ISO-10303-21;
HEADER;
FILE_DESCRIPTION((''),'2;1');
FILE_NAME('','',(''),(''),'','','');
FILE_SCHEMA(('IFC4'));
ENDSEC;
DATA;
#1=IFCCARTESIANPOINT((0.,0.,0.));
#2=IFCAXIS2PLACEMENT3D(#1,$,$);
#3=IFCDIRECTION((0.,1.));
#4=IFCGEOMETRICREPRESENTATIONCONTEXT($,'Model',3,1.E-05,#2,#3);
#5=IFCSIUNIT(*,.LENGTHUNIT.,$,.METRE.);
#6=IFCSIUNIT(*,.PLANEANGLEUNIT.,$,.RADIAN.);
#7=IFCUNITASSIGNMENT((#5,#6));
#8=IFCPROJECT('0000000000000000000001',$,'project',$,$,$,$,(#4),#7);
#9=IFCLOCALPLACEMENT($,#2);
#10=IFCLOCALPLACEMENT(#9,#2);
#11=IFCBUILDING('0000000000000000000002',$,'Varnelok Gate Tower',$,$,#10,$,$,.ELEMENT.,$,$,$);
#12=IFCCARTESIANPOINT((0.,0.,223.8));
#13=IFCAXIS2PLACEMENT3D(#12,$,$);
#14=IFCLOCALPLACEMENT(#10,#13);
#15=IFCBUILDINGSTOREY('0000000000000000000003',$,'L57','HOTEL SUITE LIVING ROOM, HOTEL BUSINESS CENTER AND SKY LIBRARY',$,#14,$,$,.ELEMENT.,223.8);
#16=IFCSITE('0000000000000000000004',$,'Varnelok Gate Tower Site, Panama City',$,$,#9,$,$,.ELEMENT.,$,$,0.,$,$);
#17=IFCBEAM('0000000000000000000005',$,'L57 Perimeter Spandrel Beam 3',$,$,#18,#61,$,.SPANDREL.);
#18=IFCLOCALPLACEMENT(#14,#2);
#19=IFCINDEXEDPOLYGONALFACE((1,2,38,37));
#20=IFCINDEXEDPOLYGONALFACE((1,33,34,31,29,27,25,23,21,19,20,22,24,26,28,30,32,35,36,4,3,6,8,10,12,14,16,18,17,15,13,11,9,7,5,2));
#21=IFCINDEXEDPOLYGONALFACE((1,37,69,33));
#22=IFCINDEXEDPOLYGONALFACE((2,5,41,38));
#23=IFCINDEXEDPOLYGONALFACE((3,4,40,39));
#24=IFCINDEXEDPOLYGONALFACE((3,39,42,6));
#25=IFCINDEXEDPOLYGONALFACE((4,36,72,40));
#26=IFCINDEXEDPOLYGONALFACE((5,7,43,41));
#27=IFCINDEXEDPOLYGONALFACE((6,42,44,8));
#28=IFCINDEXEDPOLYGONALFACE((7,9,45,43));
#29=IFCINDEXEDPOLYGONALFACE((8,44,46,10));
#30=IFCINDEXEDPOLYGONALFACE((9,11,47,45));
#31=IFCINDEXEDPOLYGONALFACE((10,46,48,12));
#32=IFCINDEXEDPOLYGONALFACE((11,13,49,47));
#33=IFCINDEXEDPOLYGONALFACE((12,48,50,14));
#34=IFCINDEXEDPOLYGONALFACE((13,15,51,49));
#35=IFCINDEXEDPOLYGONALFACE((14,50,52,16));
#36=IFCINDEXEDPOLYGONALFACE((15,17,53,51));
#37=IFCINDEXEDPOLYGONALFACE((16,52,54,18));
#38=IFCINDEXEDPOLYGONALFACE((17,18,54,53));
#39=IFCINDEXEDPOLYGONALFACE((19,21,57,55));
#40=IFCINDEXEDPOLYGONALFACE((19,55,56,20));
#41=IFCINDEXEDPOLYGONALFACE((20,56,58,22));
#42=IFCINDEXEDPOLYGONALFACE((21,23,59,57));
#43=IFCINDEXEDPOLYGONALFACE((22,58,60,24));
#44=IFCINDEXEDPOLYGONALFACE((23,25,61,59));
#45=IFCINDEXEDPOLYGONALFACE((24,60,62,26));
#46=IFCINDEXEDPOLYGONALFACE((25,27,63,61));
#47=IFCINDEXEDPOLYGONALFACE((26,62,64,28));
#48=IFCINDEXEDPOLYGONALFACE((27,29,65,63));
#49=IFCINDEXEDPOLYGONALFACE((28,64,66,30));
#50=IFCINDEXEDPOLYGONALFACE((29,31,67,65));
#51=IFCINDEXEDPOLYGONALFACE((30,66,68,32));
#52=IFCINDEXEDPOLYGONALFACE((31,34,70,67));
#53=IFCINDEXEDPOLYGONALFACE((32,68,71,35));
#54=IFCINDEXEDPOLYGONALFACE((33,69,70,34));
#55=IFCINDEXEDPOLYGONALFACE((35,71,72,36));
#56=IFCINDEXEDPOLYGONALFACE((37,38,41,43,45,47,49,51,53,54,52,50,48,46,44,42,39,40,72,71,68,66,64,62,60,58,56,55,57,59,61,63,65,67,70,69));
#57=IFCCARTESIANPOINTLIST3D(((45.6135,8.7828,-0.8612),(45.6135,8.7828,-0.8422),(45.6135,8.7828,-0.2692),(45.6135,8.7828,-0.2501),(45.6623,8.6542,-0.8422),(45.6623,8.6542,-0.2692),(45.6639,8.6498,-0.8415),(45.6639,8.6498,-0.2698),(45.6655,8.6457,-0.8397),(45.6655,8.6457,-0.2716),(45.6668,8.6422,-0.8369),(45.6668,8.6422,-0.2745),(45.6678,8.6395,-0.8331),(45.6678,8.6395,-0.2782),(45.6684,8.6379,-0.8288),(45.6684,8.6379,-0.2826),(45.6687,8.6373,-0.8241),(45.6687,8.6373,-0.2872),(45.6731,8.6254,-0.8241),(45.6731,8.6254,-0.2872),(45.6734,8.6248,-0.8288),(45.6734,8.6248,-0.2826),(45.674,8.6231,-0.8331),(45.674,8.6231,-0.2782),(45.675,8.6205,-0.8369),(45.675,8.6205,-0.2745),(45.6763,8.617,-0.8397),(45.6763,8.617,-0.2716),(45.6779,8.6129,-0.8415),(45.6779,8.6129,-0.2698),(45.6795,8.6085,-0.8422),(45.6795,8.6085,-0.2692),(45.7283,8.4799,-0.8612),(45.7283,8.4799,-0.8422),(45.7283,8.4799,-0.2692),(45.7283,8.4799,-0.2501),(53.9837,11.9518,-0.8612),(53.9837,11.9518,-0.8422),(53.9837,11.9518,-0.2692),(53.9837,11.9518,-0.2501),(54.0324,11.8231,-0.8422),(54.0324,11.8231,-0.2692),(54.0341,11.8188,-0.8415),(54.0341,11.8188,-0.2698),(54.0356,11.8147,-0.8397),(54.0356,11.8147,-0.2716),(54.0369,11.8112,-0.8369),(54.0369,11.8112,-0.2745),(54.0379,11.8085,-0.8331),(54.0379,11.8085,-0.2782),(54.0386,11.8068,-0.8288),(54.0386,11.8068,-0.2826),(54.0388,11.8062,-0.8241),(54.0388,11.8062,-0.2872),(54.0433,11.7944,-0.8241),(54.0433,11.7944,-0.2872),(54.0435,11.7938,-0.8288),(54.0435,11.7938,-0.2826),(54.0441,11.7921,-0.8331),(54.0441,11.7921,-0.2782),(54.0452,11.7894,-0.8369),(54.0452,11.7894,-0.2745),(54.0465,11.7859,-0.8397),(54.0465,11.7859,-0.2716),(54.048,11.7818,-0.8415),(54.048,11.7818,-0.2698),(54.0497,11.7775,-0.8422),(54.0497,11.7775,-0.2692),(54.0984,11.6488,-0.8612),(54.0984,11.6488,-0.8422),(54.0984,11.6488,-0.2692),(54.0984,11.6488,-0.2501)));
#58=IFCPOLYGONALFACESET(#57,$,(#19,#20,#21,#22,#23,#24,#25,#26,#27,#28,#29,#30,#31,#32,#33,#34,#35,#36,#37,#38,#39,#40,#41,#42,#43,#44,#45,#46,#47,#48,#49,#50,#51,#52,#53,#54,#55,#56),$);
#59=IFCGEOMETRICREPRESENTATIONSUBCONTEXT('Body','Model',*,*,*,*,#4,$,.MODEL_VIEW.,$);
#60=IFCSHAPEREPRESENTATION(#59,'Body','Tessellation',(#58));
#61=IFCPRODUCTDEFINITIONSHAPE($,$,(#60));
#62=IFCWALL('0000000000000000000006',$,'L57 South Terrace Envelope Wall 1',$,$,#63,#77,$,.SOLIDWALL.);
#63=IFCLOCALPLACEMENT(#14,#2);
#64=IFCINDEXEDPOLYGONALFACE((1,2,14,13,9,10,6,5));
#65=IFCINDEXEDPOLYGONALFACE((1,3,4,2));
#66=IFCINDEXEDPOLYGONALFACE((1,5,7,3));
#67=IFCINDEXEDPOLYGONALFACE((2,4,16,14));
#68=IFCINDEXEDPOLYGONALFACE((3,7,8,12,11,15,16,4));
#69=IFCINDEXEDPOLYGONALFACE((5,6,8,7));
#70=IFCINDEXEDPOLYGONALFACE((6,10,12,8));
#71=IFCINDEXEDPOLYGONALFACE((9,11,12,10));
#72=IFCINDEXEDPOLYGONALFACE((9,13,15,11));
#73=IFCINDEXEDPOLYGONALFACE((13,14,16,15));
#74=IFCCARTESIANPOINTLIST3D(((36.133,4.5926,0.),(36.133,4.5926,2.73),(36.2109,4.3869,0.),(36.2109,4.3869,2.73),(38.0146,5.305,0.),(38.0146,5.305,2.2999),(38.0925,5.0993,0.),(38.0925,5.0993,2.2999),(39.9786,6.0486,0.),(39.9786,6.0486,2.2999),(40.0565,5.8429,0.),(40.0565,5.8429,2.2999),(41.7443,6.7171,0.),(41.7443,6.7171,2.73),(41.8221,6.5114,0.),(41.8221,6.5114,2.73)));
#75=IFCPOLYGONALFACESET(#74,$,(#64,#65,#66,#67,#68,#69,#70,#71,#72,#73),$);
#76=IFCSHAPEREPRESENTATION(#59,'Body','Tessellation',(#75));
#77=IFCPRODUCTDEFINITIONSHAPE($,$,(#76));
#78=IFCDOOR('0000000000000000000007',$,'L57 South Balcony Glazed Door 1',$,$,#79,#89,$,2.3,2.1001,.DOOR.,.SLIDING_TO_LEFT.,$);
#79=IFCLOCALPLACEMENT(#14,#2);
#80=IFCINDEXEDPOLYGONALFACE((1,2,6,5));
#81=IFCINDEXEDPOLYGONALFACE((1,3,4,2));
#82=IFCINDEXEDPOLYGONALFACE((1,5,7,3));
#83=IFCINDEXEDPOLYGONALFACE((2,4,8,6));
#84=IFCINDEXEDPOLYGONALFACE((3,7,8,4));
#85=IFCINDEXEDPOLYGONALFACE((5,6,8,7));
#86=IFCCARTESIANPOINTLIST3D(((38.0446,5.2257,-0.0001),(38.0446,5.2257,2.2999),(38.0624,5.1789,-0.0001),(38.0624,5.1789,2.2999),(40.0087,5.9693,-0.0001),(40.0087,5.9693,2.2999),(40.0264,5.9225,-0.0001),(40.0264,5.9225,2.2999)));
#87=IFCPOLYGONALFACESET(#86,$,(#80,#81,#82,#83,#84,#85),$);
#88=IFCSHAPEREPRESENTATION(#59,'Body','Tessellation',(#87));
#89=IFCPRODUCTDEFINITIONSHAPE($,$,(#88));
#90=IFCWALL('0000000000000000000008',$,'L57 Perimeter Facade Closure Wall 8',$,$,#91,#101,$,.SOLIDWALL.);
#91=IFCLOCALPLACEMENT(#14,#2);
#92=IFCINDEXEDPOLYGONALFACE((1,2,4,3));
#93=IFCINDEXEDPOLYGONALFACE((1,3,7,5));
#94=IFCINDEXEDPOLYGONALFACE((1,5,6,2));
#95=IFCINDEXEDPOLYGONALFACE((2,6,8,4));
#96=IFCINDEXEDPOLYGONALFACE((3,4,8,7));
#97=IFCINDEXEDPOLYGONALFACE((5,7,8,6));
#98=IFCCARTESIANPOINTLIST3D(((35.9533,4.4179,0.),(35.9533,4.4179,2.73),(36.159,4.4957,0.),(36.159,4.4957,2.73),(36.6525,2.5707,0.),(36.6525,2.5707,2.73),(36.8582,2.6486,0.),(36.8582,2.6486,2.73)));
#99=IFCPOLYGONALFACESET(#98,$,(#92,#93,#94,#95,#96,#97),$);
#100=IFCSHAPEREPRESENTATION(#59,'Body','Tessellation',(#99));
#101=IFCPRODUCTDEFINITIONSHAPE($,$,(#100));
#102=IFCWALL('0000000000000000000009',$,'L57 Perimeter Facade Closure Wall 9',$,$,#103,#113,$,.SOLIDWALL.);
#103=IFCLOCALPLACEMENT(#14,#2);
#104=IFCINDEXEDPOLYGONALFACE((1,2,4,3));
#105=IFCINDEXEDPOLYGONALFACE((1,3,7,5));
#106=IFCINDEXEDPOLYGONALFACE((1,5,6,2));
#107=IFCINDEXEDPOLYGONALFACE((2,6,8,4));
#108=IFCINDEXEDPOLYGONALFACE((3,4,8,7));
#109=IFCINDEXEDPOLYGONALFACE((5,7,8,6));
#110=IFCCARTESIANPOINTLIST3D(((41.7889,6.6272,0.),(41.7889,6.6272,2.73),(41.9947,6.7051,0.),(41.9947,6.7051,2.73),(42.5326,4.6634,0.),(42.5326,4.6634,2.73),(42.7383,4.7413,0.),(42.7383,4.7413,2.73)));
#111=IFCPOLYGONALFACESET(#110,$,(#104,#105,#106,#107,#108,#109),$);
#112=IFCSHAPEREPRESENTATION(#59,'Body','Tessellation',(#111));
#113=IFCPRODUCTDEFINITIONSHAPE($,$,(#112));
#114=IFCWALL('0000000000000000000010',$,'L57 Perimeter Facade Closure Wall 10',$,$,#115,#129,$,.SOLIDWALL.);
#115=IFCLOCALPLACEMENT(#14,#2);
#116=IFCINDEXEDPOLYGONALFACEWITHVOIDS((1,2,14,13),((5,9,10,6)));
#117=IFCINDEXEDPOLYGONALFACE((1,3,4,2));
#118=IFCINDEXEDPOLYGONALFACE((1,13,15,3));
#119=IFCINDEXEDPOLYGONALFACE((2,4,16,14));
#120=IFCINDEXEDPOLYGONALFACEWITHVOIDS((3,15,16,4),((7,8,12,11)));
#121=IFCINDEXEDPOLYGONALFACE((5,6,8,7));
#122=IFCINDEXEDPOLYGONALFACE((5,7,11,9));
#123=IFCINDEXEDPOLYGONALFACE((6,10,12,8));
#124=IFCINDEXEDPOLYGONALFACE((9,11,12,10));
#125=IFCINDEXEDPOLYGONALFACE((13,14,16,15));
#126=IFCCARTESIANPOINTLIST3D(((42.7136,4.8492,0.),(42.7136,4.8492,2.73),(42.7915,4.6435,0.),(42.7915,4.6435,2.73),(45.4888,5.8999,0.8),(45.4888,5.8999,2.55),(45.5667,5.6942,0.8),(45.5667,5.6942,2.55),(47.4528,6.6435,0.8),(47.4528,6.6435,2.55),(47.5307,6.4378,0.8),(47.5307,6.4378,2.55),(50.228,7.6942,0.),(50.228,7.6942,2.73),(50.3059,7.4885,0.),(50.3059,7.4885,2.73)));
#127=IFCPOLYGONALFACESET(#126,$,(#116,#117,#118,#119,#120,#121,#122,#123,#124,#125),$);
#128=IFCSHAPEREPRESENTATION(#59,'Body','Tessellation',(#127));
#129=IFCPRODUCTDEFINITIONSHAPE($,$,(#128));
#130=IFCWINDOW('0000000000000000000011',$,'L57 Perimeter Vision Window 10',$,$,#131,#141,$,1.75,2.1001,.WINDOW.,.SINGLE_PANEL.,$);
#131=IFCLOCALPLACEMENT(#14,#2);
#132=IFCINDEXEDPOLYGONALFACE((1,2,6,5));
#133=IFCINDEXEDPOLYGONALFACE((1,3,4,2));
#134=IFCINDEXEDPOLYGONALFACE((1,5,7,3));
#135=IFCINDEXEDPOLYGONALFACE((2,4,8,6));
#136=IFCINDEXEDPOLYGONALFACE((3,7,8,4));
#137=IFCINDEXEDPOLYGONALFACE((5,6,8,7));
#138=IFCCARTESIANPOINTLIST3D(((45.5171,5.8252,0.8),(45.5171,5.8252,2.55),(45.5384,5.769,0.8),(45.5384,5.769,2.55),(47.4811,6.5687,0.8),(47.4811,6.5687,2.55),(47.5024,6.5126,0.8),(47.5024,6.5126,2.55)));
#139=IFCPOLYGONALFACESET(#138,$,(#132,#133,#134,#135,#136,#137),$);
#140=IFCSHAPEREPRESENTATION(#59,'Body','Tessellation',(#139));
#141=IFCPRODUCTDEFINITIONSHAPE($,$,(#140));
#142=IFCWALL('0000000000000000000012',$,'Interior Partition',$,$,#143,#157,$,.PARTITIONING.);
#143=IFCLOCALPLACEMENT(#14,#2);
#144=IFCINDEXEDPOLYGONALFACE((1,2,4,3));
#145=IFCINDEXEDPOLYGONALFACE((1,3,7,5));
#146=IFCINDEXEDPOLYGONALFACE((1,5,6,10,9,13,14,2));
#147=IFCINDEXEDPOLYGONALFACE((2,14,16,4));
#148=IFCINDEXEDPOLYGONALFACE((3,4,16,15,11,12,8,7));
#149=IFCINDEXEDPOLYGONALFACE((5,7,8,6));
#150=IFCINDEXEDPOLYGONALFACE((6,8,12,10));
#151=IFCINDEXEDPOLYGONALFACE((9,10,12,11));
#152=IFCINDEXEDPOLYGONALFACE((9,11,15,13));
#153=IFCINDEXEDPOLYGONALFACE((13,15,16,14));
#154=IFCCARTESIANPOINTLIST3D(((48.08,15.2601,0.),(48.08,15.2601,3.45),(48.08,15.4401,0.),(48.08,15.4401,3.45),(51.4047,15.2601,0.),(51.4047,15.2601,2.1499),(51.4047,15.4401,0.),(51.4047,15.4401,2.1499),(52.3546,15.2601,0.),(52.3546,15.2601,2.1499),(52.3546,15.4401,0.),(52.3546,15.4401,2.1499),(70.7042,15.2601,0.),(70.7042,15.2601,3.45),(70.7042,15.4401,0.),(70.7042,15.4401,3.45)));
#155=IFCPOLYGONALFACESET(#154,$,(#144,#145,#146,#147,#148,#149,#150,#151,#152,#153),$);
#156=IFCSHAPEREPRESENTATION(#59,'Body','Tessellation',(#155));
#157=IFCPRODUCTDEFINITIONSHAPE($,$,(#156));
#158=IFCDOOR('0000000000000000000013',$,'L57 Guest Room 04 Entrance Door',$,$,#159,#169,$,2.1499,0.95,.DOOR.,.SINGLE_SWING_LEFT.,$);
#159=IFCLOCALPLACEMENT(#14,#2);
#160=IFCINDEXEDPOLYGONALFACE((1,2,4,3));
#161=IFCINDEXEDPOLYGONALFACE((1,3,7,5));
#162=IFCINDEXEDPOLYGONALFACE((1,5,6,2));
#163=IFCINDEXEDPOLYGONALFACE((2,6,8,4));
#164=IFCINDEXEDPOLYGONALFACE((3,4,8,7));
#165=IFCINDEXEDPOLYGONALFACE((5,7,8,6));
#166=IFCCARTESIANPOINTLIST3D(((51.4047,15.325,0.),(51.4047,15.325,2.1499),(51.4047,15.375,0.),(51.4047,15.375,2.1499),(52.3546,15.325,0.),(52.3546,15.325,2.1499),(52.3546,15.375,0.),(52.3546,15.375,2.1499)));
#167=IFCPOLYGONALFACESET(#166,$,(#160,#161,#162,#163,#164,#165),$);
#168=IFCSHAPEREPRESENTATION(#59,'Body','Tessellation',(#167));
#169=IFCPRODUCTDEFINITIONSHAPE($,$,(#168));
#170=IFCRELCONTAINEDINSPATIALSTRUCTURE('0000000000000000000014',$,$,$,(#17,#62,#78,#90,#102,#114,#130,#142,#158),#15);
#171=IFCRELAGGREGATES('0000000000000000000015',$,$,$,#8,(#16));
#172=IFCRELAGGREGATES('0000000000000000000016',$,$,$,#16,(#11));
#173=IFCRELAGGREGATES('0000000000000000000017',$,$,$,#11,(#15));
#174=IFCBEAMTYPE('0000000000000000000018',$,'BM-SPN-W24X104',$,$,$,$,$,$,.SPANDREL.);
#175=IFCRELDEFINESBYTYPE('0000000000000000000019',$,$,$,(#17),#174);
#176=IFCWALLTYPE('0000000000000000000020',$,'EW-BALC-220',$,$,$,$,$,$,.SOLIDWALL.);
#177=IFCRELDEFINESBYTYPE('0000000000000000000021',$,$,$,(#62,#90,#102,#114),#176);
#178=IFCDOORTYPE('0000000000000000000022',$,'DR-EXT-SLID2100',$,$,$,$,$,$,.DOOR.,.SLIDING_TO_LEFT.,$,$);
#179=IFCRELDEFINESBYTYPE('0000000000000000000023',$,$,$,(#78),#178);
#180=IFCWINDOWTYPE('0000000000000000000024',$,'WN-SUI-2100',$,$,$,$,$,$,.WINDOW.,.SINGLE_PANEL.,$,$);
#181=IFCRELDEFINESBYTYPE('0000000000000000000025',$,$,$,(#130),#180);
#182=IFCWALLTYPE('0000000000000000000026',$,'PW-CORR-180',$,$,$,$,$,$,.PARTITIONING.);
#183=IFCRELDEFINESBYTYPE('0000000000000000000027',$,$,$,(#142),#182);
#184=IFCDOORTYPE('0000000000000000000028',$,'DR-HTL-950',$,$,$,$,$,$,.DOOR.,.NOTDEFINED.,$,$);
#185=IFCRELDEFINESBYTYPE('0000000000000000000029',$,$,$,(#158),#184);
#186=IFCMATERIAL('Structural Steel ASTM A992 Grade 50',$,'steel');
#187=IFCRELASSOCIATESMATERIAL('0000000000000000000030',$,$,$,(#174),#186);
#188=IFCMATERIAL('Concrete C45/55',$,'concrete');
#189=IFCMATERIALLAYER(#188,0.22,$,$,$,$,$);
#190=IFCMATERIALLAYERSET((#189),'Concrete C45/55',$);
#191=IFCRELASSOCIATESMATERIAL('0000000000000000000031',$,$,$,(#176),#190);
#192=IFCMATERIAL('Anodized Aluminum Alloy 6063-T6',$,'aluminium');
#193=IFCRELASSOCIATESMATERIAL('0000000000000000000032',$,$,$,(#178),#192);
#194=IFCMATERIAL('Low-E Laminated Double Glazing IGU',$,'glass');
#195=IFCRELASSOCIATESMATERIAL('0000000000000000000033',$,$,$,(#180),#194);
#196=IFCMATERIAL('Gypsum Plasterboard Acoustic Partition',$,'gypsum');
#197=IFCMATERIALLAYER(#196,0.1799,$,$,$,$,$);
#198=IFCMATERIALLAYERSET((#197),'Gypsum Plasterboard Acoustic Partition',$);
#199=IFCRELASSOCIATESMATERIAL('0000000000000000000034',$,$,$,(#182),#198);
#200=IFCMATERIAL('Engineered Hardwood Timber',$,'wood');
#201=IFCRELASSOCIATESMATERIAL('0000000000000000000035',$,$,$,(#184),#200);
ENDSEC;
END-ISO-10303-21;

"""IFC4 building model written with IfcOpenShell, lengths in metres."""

from ifc_helpers import new_model, si_unit, direction, frame, frame_2d, origin, origin_2d, place, context, subcontext, project, spatial, rectangle, i_section, extrude, material, layer, layer_set, material_profile, profile_set, type_object, element, fill, save


model = new_model("IFC4")

# Units and contexts
model_context = context("Model", 3, precision=1e-05, world=origin(), true_north=direction((0.0, 1.0)))
body_context = subcontext(model_context, "Body", "Model", "MODEL_VIEW")
ifc_project = project(units=[si_unit("LENGTHUNIT", "METRE"), si_unit("PLANEANGLEUNIT", "RADIAN")], contexts=[model_context])

# Site, building, storey
site_placement = place(None, origin())
site = spatial("IfcSite", under=ifc_project, at=site_placement, Name="Varnelok Gate Tower Site, Panama City", CompositionType="ELEMENT", RefElevation=0.0)
building_placement = place(site_placement, origin())
building = spatial("IfcBuilding", under=site, at=building_placement, Name="Varnelok Gate Tower", CompositionType="ELEMENT")
storey_placement = place(building_placement, frame((0.0, 0.0, 223.8)))
storey = spatial("IfcBuildingStorey", under=building, at=storey_placement, Name="L57", Description="HOTEL SUITE LIVING ROOM, HOTEL BUSINESS CENTER AND SKY LIBRARY", CompositionType="ELEMENT", Elevation=223.8)

# Shared definitions
ifc_material_1 = material(Name="Structural Steel ASTM A992 Grade 50", Category="steel")

# Beam
ifc_material_profile_1 = material_profile(ifc_material_1, i_section(OverallWidth=0.324, OverallDepth=0.6111, WebThickness=0.0127, FlangeThickness=0.019, FilletRadius=0.0181, at=origin_2d()), Name="W24X104")
ifc_profile_set_1 = profile_set([ifc_material_profile_1], Name="Structural Steel ASTM A992 Grade 50")
beam_type_1 = type_object("IfcBeamType", Name="BM-SPN-W24X104", PredefinedType="SPANDREL", material=ifc_profile_set_1)
beam_1_placement = place(storey_placement, frame((45.6709, 8.6313, -0.5557), z_axis=(0.935217, 0.354075, 0.0), x_axis=(-0.354075, 0.935217, 0.0)))
element("IfcBeam", 1, at=beam_1_placement, inside=storey, type_object=beam_type_1, Name="L57 Perimeter Spandrel Beam 3", PredefinedType="SPANDREL", context=body_context, shape_type="SweptSolid", body=[
    extrude(i_section(OverallWidth=0.324, OverallDepth=0.6111, WebThickness=0.0127, FlangeThickness=0.019, FilletRadius=0.0181, at=origin_2d()), origin(), (0.0, 0.0, 1.0), 8.95),
])

# Wall, opening, door
ifc_material_2 = material(Name="Concrete C45/55", Category="concrete")
ifc_layer_1 = layer(ifc_material_2, 0.22)
ifc_layer_set_1 = layer_set([ifc_layer_1], Name="Concrete C45/55")
wall_type_1 = type_object("IfcWallType", Name="EW-BALC-220", PredefinedType="SOLIDWALL", material=ifc_layer_set_1)
wall_1_placement = place(storey_placement, frame((41.7832, 6.6143, 0.0), z_axis=(0.0, 0.0, 1.0), x_axis=(-0.935214, -0.354083, 0.0)))
wall_1 = element("IfcWall", 2, at=wall_1_placement, inside=storey, type_object=wall_type_1, Name="L57 South Terrace Envelope Wall 1", PredefinedType="SOLIDWALL", context=body_context, shape_type="SweptSolid", body=[
    extrude(rectangle(XDim=6.0, YDim=0.22, at=frame_2d((3.0, 0.0))), origin(), (0.0, 0.0, 1.0), 2.73),
])
opening_1_placement = place(wall_1_placement, frame((1.8879, 0.0, 0.0)))
opening_1 = element("IfcOpeningElement", 3, at=opening_1_placement, cuts=wall_1, PredefinedType="OPENING", context=body_context, shape_type="SweptSolid", body=[
    extrude(rectangle(XDim=2.1001, YDim=2.3, at=frame_2d((1.05, 1.1499))), frame((0.0, 0.1199, 0.0), z_axis=(0.0, -1.0, 0.0), x_axis=(1.0, 0.0, 0.0)), (0.0, 0.0, 1.0), 0.24),
])
ifc_material_3 = material(Name="Anodized Aluminum Alloy 6063-T6", Category="aluminium")
door_type_1 = type_object("IfcDoorType", Name="DR-EXT-SLID2100", OperationType="SLIDING_TO_LEFT", PredefinedType="DOOR", material=ifc_material_3)
door_1_placement = place(opening_1_placement, origin())
door_1 = element("IfcDoor", 4, at=door_1_placement, inside=storey, type_object=door_type_1, Name="L57 South Balcony Glazed Door 1", OperationType="SLIDING_TO_LEFT", OverallHeight=2.3, OverallWidth=2.1001, PredefinedType="DOOR", context=body_context, shape_type="SweptSolid", body=[
    extrude(rectangle(XDim=2.1001, YDim=2.3, at=frame_2d((1.05, 1.1499))), frame((0.0, 0.0249, 0.0), z_axis=(0.0, -1.0, 0.0), x_axis=(1.0, 0.0, 0.0)), (0.0, 0.0, 1.0), 0.05),
])
fill(opening_1, door_1)

# Walls
wall_2_placement = place(storey_placement, frame((36.7554, 2.6096, 0.0), z_axis=(0.0, 0.0, 1.0), x_axis=(-0.354021, 0.935238, 0.0)))
element("IfcWall", 5, at=wall_2_placement, inside=storey, type_object=wall_type_1, Name="L57 Perimeter Facade Closure Wall 8", PredefinedType="SOLIDWALL", context=body_context, shape_type="SweptSolid", body=[
    extrude(rectangle(XDim=1.9751, YDim=0.22, at=frame_2d((0.9875, 0.0))), origin(), (0.0, 0.0, 1.0), 2.73),
])
wall_3_placement = place(storey_placement, frame((41.8918, 6.666, 0.0), z_axis=(0.0, 0.0, 1.0), x_axis=(0.354128, -0.935197, 0.0)))
element("IfcWall", 6, at=wall_3_placement, inside=storey, type_object=wall_type_1, Name="L57 Perimeter Facade Closure Wall 9", PredefinedType="SOLIDWALL", context=body_context, shape_type="SweptSolid", body=[
    extrude(rectangle(XDim=2.0999, YDim=0.22, at=frame_2d((1.0498, 0.0))), origin(), (0.0, 0.0, 1.0), 2.73),
])

# Wall, opening, window
wall_4_placement = place(storey_placement, frame((42.7524, 4.7463, 0.0), z_axis=(0.0, 0.0, 1.0), x_axis=(0.935217, 0.354075, 0.0)))
wall_4 = element("IfcWall", 7, at=wall_4_placement, inside=storey, type_object=wall_type_1, Name="L57 Perimeter Facade Closure Wall 10", PredefinedType="SOLIDWALL", context=body_context, shape_type="SweptSolid", body=[
    extrude(rectangle(XDim=8.0349, YDim=0.22, at=frame_2d((4.0176, 0.0))), origin(), (0.0, 0.0, 1.0), 2.73),
])
opening_2_placement = place(wall_4_placement, frame((2.9675, 0.0, 0.8)))
opening_2 = element("IfcOpeningElement", 8, at=opening_2_placement, cuts=wall_4, PredefinedType="OPENING", context=body_context, shape_type="SweptSolid", body=[
    extrude(rectangle(XDim=2.1001, YDim=1.75, at=frame_2d((1.05, 0.875))), frame((0.0, 0.1199, 0.0), z_axis=(0.0, -1.0, 0.0), x_axis=(1.0, 0.0, 0.0)), (0.0, 0.0, 1.0), 0.24),
])
ifc_material_4 = material(Name="Low-E Laminated Double Glazing IGU", Category="glass")
window_type = type_object("IfcWindowType", Name="WN-SUI-2100", PartitioningType="SINGLE_PANEL", PredefinedType="WINDOW", material=ifc_material_4)
window_placement = place(opening_2_placement, origin())
window = element("IfcWindow", 9, at=window_placement, inside=storey, type_object=window_type, Name="L57 Perimeter Vision Window 10", OverallHeight=1.75, OverallWidth=2.1001, PartitioningType="SINGLE_PANEL", PredefinedType="WINDOW", context=body_context, shape_type="SweptSolid", body=[
    extrude(rectangle(XDim=2.1001, YDim=1.75, at=frame_2d((1.05, 0.875))), frame((0.0, 0.03, 0.0), z_axis=(0.0, -1.0, 0.0), x_axis=(1.0, 0.0, 0.0)), (0.0, 0.0, 1.0), 0.0601),
])
fill(opening_2, window)

# Wall, opening, door
ifc_material_5 = material(Name="Gypsum Plasterboard Acoustic Partition", Category="gypsum")
ifc_layer_2 = layer(ifc_material_5, 0.1799)
ifc_layer_set_2 = layer_set([ifc_layer_2], Name="Gypsum Plasterboard Acoustic Partition")
wall_type_2 = type_object("IfcWallType", Name="PW-CORR-180", PredefinedType="PARTITIONING", material=ifc_layer_set_2)
wall_5_placement = place(storey_placement, frame((48.0801, 15.3501, 0.0), z_axis=(0.0, 0.0, 1.0), x_axis=(1.0, 0.0, 0.0)))
wall_5 = element("IfcWall", 10, at=wall_5_placement, inside=storey, type_object=wall_type_2, Name="Interior Partition", PredefinedType="PARTITIONING", context=body_context, shape_type="SweptSolid", body=[
    extrude(rectangle(XDim=22.6243, YDim=0.1799, at=frame_2d((11.312, 0.0))), origin(), (0.0, 0.0, 1.0), 3.45),
])
opening_3_placement = place(wall_5_placement, frame((3.3245, 0.0, 0.0)))
opening_3 = element("IfcOpeningElement", 11, at=opening_3_placement, cuts=wall_5, PredefinedType="OPENING", context=body_context, shape_type="SweptSolid", body=[
    extrude(rectangle(XDim=0.95, YDim=2.1499, at=frame_2d((0.4751, 1.075))), frame((0.0, 0.0999, 0.0), z_axis=(0.0, -1.0, 0.0), x_axis=(1.0, 0.0, 0.0)), (0.0, 0.0, 1.0), 0.2),
])
ifc_material_6 = material(Name="Engineered Hardwood Timber", Category="wood")
door_type_2 = type_object("IfcDoorType", Name="DR-HTL-950", OperationType="NOTDEFINED", PredefinedType="DOOR", material=ifc_material_6)
door_2_placement = place(opening_3_placement, origin())
door_2 = element("IfcDoor", 12, at=door_2_placement, inside=storey, type_object=door_type_2, Name="L57 Guest Room 04 Entrance Door", OperationType="SINGLE_SWING_LEFT", OverallHeight=2.1499, OverallWidth=0.95, PredefinedType="DOOR", context=body_context, shape_type="SweptSolid", body=[
    extrude(rectangle(XDim=0.95, YDim=2.1499, at=frame_2d((0.4751, 1.075))), frame((0.0, 0.0249, 0.0), z_axis=(0.0, -1.0, 0.0), x_axis=(1.0, 0.0, 0.0)), (0.0, 0.0, 1.0), 0.05),
])
fill(opening_3, door_2)

save(model, "model.ifc")
